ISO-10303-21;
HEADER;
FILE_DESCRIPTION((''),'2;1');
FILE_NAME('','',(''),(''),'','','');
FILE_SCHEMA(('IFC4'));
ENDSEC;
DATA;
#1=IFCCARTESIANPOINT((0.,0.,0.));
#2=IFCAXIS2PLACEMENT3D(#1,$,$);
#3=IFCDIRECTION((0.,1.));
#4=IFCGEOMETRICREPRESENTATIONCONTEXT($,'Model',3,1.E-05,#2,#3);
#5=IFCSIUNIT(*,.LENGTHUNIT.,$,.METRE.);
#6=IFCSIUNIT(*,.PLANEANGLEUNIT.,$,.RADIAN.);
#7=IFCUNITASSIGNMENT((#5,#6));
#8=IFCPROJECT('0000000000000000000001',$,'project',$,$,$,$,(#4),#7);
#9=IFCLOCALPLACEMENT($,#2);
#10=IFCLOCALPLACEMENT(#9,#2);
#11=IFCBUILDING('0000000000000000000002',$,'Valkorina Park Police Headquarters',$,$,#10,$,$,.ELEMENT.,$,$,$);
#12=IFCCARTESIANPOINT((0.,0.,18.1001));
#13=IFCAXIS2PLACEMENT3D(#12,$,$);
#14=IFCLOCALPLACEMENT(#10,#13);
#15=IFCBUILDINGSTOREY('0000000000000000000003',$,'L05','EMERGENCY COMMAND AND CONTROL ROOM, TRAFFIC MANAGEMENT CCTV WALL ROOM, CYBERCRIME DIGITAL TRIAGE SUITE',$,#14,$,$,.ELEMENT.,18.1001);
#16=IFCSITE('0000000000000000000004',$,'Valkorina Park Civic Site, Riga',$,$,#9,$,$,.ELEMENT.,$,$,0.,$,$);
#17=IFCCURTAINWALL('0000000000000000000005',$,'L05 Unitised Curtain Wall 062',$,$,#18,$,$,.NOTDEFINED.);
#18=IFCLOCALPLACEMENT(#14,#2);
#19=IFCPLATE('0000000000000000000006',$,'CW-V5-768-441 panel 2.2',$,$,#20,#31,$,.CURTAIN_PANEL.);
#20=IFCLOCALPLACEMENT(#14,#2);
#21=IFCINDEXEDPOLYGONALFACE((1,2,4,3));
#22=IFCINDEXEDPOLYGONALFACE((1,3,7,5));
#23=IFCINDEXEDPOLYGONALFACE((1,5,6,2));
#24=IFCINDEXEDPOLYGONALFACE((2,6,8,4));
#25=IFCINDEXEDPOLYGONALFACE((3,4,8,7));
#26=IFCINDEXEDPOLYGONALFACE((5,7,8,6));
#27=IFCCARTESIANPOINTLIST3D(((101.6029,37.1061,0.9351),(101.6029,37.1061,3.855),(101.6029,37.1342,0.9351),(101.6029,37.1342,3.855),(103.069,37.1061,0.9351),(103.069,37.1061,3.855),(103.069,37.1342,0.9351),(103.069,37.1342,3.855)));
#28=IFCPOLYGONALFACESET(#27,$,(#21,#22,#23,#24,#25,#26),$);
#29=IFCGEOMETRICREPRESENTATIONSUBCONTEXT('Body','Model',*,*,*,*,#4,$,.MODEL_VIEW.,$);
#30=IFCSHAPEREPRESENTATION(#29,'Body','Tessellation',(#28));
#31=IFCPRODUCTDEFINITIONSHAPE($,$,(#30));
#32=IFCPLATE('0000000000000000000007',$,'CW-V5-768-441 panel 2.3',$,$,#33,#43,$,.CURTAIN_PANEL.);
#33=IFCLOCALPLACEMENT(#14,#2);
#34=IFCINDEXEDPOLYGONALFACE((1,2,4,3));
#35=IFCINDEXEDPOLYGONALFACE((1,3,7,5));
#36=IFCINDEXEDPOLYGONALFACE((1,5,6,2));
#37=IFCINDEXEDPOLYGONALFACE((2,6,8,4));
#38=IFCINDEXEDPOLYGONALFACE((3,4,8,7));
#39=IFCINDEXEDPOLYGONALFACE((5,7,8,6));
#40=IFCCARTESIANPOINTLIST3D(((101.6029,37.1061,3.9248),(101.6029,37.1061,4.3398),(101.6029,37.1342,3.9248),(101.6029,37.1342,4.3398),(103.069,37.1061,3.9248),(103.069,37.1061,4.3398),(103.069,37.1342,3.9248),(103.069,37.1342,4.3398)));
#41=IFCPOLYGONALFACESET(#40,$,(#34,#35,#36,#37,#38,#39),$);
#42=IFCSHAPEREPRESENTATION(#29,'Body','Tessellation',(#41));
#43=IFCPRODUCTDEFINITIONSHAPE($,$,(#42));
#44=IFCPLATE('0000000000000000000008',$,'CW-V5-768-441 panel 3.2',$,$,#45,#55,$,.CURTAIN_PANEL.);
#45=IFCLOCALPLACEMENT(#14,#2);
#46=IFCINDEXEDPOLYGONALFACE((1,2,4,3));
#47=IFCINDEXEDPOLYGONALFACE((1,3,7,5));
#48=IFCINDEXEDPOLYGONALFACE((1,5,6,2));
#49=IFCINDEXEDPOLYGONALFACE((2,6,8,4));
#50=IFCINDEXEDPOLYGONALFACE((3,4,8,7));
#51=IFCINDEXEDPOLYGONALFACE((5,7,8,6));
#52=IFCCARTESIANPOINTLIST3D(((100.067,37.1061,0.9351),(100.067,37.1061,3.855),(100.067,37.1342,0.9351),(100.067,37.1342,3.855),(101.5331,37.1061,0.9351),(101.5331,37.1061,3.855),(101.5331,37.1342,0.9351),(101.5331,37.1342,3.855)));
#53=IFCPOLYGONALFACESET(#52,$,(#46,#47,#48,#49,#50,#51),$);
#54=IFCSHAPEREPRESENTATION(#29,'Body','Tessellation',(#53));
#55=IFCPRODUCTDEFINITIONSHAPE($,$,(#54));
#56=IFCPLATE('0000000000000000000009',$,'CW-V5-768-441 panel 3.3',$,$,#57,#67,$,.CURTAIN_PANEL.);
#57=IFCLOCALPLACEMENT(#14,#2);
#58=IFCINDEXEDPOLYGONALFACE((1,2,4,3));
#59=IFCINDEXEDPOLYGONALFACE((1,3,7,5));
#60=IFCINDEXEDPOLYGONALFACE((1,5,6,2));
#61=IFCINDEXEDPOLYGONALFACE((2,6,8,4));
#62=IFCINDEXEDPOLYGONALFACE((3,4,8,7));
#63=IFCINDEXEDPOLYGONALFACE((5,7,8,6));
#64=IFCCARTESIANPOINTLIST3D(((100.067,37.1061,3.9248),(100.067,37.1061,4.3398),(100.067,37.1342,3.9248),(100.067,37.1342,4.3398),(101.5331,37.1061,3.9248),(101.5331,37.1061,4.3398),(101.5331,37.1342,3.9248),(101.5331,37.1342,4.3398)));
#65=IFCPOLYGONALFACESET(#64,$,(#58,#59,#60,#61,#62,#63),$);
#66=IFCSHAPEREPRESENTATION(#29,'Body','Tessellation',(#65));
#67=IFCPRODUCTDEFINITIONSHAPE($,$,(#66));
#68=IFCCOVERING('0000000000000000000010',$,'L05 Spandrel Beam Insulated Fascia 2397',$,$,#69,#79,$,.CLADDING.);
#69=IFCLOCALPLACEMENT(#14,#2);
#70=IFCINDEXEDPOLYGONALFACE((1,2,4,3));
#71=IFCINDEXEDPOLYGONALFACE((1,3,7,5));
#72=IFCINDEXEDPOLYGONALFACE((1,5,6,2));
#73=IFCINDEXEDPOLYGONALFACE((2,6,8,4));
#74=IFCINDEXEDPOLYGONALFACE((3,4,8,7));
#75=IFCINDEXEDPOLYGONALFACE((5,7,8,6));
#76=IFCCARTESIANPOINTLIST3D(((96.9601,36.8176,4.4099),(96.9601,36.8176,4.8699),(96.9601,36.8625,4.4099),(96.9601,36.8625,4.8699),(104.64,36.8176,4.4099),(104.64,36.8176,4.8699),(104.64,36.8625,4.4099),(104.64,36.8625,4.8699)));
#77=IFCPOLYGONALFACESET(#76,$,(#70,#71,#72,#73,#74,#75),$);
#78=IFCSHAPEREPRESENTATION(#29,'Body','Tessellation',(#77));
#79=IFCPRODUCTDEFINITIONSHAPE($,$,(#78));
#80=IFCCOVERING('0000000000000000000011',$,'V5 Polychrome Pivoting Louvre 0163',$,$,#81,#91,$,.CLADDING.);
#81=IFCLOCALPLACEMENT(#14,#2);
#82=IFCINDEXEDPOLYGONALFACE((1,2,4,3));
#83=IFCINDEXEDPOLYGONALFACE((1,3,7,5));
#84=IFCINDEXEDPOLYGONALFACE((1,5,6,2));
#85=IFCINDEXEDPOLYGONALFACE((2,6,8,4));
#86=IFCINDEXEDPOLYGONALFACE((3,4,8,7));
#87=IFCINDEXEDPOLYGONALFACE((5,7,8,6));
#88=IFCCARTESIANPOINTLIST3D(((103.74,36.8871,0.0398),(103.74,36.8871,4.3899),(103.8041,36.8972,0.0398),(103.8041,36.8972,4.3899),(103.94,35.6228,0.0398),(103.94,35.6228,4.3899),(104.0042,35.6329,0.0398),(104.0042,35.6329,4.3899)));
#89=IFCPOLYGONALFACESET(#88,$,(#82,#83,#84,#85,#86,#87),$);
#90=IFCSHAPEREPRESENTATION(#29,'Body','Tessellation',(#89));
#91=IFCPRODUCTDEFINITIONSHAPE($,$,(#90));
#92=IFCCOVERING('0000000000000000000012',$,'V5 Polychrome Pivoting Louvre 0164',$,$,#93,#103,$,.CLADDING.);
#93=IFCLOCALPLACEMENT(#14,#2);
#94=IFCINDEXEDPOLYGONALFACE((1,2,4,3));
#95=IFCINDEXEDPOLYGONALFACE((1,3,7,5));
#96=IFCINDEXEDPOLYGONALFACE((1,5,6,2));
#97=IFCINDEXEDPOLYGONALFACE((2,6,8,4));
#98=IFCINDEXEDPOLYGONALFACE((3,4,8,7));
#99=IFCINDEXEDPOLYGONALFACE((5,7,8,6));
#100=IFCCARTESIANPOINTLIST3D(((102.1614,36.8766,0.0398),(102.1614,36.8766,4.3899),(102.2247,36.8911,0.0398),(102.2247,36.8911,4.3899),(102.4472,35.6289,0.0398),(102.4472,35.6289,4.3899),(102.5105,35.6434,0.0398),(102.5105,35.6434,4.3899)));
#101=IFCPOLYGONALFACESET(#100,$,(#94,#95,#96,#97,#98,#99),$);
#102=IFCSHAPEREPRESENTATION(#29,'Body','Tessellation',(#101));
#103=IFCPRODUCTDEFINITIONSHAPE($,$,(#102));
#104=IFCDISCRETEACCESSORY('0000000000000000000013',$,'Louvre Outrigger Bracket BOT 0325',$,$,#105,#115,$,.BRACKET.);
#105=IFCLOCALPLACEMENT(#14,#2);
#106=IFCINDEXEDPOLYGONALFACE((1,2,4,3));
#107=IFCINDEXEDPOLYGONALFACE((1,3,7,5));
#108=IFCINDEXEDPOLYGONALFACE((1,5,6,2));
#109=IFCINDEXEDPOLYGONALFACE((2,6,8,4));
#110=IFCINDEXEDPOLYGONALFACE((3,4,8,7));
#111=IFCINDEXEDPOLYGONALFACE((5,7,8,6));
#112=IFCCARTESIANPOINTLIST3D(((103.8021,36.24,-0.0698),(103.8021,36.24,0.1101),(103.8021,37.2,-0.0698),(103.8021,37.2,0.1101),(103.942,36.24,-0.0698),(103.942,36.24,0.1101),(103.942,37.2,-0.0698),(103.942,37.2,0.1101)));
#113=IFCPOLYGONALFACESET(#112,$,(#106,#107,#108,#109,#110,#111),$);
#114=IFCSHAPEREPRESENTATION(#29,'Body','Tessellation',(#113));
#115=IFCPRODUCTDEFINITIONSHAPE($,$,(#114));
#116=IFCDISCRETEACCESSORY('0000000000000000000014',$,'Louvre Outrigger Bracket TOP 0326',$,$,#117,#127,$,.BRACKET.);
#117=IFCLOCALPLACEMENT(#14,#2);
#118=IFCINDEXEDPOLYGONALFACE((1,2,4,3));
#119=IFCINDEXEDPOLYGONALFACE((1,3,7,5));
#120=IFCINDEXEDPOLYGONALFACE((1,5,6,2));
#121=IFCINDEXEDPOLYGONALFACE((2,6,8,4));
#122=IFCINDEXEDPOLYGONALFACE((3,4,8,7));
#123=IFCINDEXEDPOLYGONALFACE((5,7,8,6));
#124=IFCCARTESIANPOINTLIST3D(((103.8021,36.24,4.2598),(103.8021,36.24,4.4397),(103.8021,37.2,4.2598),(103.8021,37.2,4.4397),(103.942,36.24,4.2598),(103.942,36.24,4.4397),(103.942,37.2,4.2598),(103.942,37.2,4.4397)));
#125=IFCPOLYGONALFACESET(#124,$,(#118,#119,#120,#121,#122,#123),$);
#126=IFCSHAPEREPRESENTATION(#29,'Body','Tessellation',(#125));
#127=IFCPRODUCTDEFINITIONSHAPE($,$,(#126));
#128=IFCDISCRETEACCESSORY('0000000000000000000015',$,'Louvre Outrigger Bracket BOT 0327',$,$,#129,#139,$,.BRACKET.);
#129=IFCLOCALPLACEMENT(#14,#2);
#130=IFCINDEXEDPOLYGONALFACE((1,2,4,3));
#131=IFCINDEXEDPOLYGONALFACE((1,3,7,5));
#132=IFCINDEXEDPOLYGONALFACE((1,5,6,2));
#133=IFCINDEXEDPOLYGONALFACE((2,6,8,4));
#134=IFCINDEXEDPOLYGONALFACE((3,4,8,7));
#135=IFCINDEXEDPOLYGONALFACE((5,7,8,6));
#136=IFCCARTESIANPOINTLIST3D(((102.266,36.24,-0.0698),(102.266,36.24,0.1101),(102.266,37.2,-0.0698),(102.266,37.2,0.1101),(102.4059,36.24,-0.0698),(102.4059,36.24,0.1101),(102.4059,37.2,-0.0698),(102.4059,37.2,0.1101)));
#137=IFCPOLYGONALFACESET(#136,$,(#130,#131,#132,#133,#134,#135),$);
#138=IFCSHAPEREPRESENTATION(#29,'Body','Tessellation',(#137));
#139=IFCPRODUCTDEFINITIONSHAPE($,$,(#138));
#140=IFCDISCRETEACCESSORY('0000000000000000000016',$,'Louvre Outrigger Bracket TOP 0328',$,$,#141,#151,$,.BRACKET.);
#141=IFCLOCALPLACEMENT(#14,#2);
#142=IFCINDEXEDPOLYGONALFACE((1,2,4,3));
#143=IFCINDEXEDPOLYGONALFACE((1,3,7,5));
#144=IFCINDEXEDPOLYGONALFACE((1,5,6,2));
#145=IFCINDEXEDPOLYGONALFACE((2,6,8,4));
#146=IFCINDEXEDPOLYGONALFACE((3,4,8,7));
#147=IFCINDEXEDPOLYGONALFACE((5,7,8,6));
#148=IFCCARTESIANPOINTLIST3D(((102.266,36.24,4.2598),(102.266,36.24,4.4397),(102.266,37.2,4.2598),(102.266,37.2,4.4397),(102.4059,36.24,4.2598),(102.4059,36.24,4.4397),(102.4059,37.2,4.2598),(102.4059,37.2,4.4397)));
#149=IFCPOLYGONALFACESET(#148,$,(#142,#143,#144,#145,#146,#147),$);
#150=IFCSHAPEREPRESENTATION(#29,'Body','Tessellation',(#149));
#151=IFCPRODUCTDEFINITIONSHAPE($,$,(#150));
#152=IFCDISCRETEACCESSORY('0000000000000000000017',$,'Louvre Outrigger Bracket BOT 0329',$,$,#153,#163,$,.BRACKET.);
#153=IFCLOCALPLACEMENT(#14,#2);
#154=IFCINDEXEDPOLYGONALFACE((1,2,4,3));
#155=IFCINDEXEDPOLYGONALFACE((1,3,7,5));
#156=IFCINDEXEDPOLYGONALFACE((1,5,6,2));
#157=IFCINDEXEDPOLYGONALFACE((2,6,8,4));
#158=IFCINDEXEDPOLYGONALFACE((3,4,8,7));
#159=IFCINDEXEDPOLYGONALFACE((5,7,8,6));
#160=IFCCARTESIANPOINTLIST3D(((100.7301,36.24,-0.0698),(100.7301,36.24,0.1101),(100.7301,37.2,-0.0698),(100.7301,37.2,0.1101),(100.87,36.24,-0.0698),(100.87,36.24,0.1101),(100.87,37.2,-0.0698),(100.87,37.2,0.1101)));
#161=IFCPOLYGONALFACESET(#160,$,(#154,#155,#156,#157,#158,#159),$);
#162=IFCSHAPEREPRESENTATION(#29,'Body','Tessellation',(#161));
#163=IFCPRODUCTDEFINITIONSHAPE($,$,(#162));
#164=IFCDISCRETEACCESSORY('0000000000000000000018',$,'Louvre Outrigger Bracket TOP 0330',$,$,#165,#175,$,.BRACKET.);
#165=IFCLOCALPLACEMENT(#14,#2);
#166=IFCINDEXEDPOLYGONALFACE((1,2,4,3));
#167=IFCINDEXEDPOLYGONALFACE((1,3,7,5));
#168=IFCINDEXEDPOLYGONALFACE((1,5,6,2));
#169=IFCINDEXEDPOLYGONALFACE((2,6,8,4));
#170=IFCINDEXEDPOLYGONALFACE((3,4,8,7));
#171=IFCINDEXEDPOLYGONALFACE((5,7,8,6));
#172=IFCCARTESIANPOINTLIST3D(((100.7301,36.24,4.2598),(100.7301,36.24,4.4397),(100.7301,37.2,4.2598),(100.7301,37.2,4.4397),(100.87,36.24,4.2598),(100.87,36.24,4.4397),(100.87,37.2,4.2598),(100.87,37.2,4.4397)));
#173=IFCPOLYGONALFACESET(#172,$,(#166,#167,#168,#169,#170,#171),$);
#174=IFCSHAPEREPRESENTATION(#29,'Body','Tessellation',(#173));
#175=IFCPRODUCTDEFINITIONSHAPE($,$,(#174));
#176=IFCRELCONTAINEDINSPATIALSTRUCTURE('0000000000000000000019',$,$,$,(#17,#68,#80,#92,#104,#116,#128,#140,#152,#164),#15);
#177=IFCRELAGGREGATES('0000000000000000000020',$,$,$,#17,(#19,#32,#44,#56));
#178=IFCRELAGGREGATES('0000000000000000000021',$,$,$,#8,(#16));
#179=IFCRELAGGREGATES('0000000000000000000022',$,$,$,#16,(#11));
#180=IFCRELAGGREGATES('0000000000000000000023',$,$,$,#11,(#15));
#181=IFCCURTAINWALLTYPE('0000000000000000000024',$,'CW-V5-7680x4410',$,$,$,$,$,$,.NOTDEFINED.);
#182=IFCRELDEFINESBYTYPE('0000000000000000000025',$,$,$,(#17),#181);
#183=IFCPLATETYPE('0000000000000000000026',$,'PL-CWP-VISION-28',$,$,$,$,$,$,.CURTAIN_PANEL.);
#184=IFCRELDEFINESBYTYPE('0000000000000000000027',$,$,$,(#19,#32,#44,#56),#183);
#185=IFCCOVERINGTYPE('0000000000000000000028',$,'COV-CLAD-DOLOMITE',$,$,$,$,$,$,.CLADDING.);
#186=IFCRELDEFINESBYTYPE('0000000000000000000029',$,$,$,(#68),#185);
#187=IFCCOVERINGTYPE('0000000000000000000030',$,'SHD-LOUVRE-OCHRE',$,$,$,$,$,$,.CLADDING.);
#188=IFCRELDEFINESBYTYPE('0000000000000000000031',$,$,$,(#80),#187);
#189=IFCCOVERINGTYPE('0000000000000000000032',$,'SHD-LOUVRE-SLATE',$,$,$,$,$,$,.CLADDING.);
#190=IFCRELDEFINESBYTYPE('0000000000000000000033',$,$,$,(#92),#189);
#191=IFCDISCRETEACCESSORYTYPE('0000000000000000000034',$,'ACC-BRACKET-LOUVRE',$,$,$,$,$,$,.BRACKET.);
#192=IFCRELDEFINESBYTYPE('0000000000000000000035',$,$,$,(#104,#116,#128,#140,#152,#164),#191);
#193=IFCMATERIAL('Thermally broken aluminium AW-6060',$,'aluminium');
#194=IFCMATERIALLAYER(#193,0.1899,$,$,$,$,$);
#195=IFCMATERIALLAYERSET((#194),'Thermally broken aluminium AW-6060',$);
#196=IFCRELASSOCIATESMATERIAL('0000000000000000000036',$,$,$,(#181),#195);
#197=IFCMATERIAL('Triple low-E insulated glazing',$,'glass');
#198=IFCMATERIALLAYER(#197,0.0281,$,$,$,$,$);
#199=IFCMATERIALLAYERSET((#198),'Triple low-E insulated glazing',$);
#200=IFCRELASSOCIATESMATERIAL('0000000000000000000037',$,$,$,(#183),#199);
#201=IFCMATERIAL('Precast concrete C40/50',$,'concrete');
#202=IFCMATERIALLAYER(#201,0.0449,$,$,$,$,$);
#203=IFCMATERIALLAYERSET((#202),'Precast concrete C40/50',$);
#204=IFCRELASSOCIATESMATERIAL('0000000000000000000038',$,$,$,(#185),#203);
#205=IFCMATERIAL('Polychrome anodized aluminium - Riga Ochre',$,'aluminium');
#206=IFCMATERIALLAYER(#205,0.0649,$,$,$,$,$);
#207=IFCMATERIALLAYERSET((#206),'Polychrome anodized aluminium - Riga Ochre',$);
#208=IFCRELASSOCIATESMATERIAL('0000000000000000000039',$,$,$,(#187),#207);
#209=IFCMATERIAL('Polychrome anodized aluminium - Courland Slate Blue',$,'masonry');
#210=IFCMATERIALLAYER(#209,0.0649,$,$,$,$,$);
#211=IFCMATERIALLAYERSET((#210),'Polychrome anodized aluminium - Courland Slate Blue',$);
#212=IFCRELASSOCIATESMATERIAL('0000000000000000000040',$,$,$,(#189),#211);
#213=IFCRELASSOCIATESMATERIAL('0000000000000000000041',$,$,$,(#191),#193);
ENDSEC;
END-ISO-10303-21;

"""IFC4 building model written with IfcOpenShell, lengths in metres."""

from ifc_helpers import new_model, si_unit, direction, frame, frame_2d, origin, origin_2d, place, context, subcontext, project, spatial, rectangle, extrude, material, layer, layer_set, type_object, element, aggregate, save


model = new_model("IFC4")

# Units and contexts
model_context = context("Model", 3, precision=1e-05, world=origin(), true_north=direction((0.0, 1.0)))
body_context = subcontext(model_context, "Body", "Model", "MODEL_VIEW")
ifc_project = project(units=[si_unit("LENGTHUNIT", "METRE"), si_unit("PLANEANGLEUNIT", "RADIAN")], contexts=[model_context])

# Site, building, storey
site_placement = place(None, origin())
site = spatial("IfcSite", under=ifc_project, at=site_placement, Name="Valkorina Park Civic Site, Riga", CompositionType="ELEMENT", RefElevation=0.0)
building_placement = place(site_placement, origin())
building = spatial("IfcBuilding", under=site, at=building_placement, Name="Valkorina Park Police Headquarters", CompositionType="ELEMENT")
storey_placement = place(building_placement, frame((0.0, 0.0, 18.1001)))
storey = spatial("IfcBuildingStorey", under=building, at=storey_placement, Name="L05", Description="EMERGENCY COMMAND AND CONTROL ROOM, TRAFFIC MANAGEMENT CCTV WALL ROOM, CYBERCRIME DIGITAL TRIAGE SUITE", CompositionType="ELEMENT", Elevation=18.1001)

# Shared definitions
ifc_material_1 = material(Name="Thermally broken aluminium AW-6060", Category="aluminium")
ifc_layer_1 = layer(ifc_material_1, 0.1899)
ifc_layer_set_1 = layer_set([ifc_layer_1], Name="Thermally broken aluminium AW-6060")
curtain_wall_type = type_object("IfcCurtainWallType", Name="CW-V5-7680x4410", PredefinedType="NOTDEFINED", material=ifc_layer_set_1)

# Curtain wall, plates
curtain_wall_1_placement = place(storey_placement, origin())
curtain_wall_1 = element("IfcCurtainWall", 1, at=curtain_wall_1_placement, inside=storey, type_object=curtain_wall_type, Name="L05 Unitised Curtain Wall 062", PredefinedType="NOTDEFINED")
ifc_material_2 = material(Name="Triple low-E insulated glazing", Category="glass")
ifc_layer_2 = layer(ifc_material_2, 0.0281)
ifc_layer_set_2 = layer_set([ifc_layer_2], Name="Triple low-E insulated glazing")
plate_type_1 = type_object("IfcPlateType", Name="PL-CWP-VISION-28", PredefinedType="CURTAIN_PANEL", material=ifc_layer_set_2)
plate_1_placement = place(storey_placement, frame((102.3359, 37.1201, 0.9351), z_axis=(0.0, 0.0, 1.0), x_axis=(-1.0, 0.0, 0.0)))
plate_1 = element("IfcPlate", 2, at=plate_1_placement, type_object=plate_type_1, Name="CW-V5-768-441 panel 2.2", PredefinedType="CURTAIN_PANEL", context=body_context, shape_type="SweptSolid", body=[
    extrude(rectangle(XDim=1.4661, YDim=0.0281, at=origin_2d()), origin(), (0.0, 0.0, 1.0), 2.9199),
])
plate_2_placement = place(storey_placement, frame((102.3359, 37.1201, 3.9248), z_axis=(0.0, 0.0, 1.0), x_axis=(-1.0, 0.0, 0.0)))
plate_2 = element("IfcPlate", 3, at=plate_2_placement, type_object=plate_type_1, Name="CW-V5-768-441 panel 2.3", PredefinedType="CURTAIN_PANEL", context=body_context, shape_type="SweptSolid", body=[
    extrude(rectangle(XDim=1.4661, YDim=0.0281, at=origin_2d()), origin(), (0.0, 0.0, 1.0), 0.415),
])
plate_3_placement = place(storey_placement, frame((100.8, 37.1201, 0.9351), z_axis=(0.0, 0.0, 1.0), x_axis=(-1.0, 0.0, 0.0)))
plate_3 = element("IfcPlate", 4, at=plate_3_placement, type_object=plate_type_1, Name="CW-V5-768-441 panel 3.2", PredefinedType="CURTAIN_PANEL", context=body_context, shape_type="SweptSolid", body=[
    extrude(rectangle(XDim=1.4661, YDim=0.0281, at=origin_2d()), origin(), (0.0, 0.0, 1.0), 2.9199),
])
plate_4_placement = place(storey_placement, frame((100.8, 37.1201, 3.9248), z_axis=(0.0, 0.0, 1.0), x_axis=(-1.0, 0.0, 0.0)))
plate_4 = element("IfcPlate", 5, at=plate_4_placement, type_object=plate_type_1, Name="CW-V5-768-441 panel 3.3", PredefinedType="CURTAIN_PANEL", context=body_context, shape_type="SweptSolid", body=[
    extrude(rectangle(XDim=1.4661, YDim=0.0281, at=origin_2d()), origin(), (0.0, 0.0, 1.0), 0.415),
])
aggregate(curtain_wall_1, [plate_1, plate_2, plate_3, plate_4])

# Coverings
ifc_material_3 = material(Name="Precast concrete C40/50", Category="concrete")
ifc_layer_3 = layer(ifc_material_3, 0.0449)
ifc_layer_set_3 = layer_set([ifc_layer_3], Name="Precast concrete C40/50")
covering_type_1 = type_object("IfcCoveringType", Name="COV-CLAD-DOLOMITE", PredefinedType="CLADDING", material=ifc_layer_set_3)
covering_1_placement = place(storey_placement, frame((104.6399, 36.8401, 4.4099), z_axis=(0.0, 0.0, 1.0), x_axis=(-1.0, 0.0, 0.0)))
element("IfcCovering", 6, at=covering_1_placement, inside=storey, type_object=covering_type_1, Name="L05 Spandrel Beam Insulated Fascia 2397", PredefinedType="CLADDING", context=body_context, shape_type="SweptSolid", body=[
    extrude(rectangle(XDim=7.6799, YDim=0.0449, at=frame_2d((3.8398, 0.0))), origin(), (0.0, 0.0, 1.0), 0.46),
])
ifc_material_4 = material(Name="Polychrome anodized aluminium - Riga Ochre", Category="aluminium")
ifc_layer_4 = layer(ifc_material_4, 0.0649)
ifc_layer_set_4 = layer_set([ifc_layer_4], Name="Polychrome anodized aluminium - Riga Ochre")
covering_type_2 = type_object("IfcCoveringType", Name="SHD-LOUVRE-OCHRE", PredefinedType="CLADDING", material=ifc_layer_set_4)
covering_2_placement = place(storey_placement, frame((103.8721, 36.26, 0.0398), z_axis=(0.0, 0.0, 1.0), x_axis=(0.156262, -0.987716, 0.0)))
element("IfcCovering", 7, at=covering_2_placement, inside=storey, type_object=covering_type_2, Name="V5 Polychrome Pivoting Louvre 0163", PredefinedType="CLADDING", context=body_context, shape_type="SweptSolid", body=[
    extrude(rectangle(XDim=1.28, YDim=0.0649, at=origin_2d()), origin(), (0.0, 0.0, 1.0), 4.3501),
])
ifc_material_5 = material(Name="Polychrome anodized aluminium - Courland Slate Blue", Category="masonry")
ifc_layer_5 = layer(ifc_material_5, 0.0649)
ifc_layer_set_5 = layer_set([ifc_layer_5], Name="Polychrome anodized aluminium - Courland Slate Blue")
covering_type_3 = type_object("IfcCoveringType", Name="SHD-LOUVRE-SLATE", PredefinedType="CLADDING", material=ifc_layer_set_5)
covering_3_placement = place(storey_placement, frame((102.3359, 36.26, 0.0398), z_axis=(0.0, 0.0, 1.0), x_axis=(0.22325, -0.974761, 0.0)))
element("IfcCovering", 8, at=covering_3_placement, inside=storey, type_object=covering_type_3, Name="V5 Polychrome Pivoting Louvre 0164", PredefinedType="CLADDING", context=body_context, shape_type="SweptSolid", body=[
    extrude(rectangle(XDim=1.28, YDim=0.0649, at=origin_2d()), origin(), (0.0, 0.0, 1.0), 4.3501),
])

# Discrete accessories
discrete_accessory_type = type_object("IfcDiscreteAccessoryType", Name="ACC-BRACKET-LOUVRE", PredefinedType="BRACKET", material=ifc_material_1)
for number, where, z_axis, x_axis, name in (
    (9, (103.8721, 36.72, -0.0698), (0.0, 0.0, 1.0), (0.0, -1.0, 0.0), "Louvre Outrigger Bracket BOT 0325"),
    (10, (103.8721, 36.72, 4.2598), (0.0, 0.0, 1.0), (0.0, -1.0, 0.0), "Louvre Outrigger Bracket TOP 0326"),
    (11, (102.3359, 36.72, -0.0698), (0.0, 0.0, 1.0), (0.0, -1.0, 0.0), "Louvre Outrigger Bracket BOT 0327"),
    (12, (102.3359, 36.72, 4.2598), (0.0, 0.0, 1.0), (0.0, -1.0, 0.0), "Louvre Outrigger Bracket TOP 0328"),
    (13, (100.8, 36.72, -0.0698), (0.0, 0.0, 1.0), (0.0, -1.0, 0.0), "Louvre Outrigger Bracket BOT 0329"),
    (14, (100.8, 36.72, 4.2598), (0.0, 0.0, 1.0), (0.0, -1.0, 0.0), "Louvre Outrigger Bracket TOP 0330"),
):
    element("IfcDiscreteAccessory", number, at=place(storey_placement, frame(where, z_axis=z_axis, x_axis=x_axis)), inside=storey, type_object=discrete_accessory_type, Name=name, PredefinedType="BRACKET", context=body_context, shape_type="SweptSolid", body=[
        extrude(rectangle(XDim=0.96, YDim=0.1399, at=origin_2d()), origin(), (0.0, 0.0, 1.0), 0.1799),
    ])

save(model, "model.ifc")
